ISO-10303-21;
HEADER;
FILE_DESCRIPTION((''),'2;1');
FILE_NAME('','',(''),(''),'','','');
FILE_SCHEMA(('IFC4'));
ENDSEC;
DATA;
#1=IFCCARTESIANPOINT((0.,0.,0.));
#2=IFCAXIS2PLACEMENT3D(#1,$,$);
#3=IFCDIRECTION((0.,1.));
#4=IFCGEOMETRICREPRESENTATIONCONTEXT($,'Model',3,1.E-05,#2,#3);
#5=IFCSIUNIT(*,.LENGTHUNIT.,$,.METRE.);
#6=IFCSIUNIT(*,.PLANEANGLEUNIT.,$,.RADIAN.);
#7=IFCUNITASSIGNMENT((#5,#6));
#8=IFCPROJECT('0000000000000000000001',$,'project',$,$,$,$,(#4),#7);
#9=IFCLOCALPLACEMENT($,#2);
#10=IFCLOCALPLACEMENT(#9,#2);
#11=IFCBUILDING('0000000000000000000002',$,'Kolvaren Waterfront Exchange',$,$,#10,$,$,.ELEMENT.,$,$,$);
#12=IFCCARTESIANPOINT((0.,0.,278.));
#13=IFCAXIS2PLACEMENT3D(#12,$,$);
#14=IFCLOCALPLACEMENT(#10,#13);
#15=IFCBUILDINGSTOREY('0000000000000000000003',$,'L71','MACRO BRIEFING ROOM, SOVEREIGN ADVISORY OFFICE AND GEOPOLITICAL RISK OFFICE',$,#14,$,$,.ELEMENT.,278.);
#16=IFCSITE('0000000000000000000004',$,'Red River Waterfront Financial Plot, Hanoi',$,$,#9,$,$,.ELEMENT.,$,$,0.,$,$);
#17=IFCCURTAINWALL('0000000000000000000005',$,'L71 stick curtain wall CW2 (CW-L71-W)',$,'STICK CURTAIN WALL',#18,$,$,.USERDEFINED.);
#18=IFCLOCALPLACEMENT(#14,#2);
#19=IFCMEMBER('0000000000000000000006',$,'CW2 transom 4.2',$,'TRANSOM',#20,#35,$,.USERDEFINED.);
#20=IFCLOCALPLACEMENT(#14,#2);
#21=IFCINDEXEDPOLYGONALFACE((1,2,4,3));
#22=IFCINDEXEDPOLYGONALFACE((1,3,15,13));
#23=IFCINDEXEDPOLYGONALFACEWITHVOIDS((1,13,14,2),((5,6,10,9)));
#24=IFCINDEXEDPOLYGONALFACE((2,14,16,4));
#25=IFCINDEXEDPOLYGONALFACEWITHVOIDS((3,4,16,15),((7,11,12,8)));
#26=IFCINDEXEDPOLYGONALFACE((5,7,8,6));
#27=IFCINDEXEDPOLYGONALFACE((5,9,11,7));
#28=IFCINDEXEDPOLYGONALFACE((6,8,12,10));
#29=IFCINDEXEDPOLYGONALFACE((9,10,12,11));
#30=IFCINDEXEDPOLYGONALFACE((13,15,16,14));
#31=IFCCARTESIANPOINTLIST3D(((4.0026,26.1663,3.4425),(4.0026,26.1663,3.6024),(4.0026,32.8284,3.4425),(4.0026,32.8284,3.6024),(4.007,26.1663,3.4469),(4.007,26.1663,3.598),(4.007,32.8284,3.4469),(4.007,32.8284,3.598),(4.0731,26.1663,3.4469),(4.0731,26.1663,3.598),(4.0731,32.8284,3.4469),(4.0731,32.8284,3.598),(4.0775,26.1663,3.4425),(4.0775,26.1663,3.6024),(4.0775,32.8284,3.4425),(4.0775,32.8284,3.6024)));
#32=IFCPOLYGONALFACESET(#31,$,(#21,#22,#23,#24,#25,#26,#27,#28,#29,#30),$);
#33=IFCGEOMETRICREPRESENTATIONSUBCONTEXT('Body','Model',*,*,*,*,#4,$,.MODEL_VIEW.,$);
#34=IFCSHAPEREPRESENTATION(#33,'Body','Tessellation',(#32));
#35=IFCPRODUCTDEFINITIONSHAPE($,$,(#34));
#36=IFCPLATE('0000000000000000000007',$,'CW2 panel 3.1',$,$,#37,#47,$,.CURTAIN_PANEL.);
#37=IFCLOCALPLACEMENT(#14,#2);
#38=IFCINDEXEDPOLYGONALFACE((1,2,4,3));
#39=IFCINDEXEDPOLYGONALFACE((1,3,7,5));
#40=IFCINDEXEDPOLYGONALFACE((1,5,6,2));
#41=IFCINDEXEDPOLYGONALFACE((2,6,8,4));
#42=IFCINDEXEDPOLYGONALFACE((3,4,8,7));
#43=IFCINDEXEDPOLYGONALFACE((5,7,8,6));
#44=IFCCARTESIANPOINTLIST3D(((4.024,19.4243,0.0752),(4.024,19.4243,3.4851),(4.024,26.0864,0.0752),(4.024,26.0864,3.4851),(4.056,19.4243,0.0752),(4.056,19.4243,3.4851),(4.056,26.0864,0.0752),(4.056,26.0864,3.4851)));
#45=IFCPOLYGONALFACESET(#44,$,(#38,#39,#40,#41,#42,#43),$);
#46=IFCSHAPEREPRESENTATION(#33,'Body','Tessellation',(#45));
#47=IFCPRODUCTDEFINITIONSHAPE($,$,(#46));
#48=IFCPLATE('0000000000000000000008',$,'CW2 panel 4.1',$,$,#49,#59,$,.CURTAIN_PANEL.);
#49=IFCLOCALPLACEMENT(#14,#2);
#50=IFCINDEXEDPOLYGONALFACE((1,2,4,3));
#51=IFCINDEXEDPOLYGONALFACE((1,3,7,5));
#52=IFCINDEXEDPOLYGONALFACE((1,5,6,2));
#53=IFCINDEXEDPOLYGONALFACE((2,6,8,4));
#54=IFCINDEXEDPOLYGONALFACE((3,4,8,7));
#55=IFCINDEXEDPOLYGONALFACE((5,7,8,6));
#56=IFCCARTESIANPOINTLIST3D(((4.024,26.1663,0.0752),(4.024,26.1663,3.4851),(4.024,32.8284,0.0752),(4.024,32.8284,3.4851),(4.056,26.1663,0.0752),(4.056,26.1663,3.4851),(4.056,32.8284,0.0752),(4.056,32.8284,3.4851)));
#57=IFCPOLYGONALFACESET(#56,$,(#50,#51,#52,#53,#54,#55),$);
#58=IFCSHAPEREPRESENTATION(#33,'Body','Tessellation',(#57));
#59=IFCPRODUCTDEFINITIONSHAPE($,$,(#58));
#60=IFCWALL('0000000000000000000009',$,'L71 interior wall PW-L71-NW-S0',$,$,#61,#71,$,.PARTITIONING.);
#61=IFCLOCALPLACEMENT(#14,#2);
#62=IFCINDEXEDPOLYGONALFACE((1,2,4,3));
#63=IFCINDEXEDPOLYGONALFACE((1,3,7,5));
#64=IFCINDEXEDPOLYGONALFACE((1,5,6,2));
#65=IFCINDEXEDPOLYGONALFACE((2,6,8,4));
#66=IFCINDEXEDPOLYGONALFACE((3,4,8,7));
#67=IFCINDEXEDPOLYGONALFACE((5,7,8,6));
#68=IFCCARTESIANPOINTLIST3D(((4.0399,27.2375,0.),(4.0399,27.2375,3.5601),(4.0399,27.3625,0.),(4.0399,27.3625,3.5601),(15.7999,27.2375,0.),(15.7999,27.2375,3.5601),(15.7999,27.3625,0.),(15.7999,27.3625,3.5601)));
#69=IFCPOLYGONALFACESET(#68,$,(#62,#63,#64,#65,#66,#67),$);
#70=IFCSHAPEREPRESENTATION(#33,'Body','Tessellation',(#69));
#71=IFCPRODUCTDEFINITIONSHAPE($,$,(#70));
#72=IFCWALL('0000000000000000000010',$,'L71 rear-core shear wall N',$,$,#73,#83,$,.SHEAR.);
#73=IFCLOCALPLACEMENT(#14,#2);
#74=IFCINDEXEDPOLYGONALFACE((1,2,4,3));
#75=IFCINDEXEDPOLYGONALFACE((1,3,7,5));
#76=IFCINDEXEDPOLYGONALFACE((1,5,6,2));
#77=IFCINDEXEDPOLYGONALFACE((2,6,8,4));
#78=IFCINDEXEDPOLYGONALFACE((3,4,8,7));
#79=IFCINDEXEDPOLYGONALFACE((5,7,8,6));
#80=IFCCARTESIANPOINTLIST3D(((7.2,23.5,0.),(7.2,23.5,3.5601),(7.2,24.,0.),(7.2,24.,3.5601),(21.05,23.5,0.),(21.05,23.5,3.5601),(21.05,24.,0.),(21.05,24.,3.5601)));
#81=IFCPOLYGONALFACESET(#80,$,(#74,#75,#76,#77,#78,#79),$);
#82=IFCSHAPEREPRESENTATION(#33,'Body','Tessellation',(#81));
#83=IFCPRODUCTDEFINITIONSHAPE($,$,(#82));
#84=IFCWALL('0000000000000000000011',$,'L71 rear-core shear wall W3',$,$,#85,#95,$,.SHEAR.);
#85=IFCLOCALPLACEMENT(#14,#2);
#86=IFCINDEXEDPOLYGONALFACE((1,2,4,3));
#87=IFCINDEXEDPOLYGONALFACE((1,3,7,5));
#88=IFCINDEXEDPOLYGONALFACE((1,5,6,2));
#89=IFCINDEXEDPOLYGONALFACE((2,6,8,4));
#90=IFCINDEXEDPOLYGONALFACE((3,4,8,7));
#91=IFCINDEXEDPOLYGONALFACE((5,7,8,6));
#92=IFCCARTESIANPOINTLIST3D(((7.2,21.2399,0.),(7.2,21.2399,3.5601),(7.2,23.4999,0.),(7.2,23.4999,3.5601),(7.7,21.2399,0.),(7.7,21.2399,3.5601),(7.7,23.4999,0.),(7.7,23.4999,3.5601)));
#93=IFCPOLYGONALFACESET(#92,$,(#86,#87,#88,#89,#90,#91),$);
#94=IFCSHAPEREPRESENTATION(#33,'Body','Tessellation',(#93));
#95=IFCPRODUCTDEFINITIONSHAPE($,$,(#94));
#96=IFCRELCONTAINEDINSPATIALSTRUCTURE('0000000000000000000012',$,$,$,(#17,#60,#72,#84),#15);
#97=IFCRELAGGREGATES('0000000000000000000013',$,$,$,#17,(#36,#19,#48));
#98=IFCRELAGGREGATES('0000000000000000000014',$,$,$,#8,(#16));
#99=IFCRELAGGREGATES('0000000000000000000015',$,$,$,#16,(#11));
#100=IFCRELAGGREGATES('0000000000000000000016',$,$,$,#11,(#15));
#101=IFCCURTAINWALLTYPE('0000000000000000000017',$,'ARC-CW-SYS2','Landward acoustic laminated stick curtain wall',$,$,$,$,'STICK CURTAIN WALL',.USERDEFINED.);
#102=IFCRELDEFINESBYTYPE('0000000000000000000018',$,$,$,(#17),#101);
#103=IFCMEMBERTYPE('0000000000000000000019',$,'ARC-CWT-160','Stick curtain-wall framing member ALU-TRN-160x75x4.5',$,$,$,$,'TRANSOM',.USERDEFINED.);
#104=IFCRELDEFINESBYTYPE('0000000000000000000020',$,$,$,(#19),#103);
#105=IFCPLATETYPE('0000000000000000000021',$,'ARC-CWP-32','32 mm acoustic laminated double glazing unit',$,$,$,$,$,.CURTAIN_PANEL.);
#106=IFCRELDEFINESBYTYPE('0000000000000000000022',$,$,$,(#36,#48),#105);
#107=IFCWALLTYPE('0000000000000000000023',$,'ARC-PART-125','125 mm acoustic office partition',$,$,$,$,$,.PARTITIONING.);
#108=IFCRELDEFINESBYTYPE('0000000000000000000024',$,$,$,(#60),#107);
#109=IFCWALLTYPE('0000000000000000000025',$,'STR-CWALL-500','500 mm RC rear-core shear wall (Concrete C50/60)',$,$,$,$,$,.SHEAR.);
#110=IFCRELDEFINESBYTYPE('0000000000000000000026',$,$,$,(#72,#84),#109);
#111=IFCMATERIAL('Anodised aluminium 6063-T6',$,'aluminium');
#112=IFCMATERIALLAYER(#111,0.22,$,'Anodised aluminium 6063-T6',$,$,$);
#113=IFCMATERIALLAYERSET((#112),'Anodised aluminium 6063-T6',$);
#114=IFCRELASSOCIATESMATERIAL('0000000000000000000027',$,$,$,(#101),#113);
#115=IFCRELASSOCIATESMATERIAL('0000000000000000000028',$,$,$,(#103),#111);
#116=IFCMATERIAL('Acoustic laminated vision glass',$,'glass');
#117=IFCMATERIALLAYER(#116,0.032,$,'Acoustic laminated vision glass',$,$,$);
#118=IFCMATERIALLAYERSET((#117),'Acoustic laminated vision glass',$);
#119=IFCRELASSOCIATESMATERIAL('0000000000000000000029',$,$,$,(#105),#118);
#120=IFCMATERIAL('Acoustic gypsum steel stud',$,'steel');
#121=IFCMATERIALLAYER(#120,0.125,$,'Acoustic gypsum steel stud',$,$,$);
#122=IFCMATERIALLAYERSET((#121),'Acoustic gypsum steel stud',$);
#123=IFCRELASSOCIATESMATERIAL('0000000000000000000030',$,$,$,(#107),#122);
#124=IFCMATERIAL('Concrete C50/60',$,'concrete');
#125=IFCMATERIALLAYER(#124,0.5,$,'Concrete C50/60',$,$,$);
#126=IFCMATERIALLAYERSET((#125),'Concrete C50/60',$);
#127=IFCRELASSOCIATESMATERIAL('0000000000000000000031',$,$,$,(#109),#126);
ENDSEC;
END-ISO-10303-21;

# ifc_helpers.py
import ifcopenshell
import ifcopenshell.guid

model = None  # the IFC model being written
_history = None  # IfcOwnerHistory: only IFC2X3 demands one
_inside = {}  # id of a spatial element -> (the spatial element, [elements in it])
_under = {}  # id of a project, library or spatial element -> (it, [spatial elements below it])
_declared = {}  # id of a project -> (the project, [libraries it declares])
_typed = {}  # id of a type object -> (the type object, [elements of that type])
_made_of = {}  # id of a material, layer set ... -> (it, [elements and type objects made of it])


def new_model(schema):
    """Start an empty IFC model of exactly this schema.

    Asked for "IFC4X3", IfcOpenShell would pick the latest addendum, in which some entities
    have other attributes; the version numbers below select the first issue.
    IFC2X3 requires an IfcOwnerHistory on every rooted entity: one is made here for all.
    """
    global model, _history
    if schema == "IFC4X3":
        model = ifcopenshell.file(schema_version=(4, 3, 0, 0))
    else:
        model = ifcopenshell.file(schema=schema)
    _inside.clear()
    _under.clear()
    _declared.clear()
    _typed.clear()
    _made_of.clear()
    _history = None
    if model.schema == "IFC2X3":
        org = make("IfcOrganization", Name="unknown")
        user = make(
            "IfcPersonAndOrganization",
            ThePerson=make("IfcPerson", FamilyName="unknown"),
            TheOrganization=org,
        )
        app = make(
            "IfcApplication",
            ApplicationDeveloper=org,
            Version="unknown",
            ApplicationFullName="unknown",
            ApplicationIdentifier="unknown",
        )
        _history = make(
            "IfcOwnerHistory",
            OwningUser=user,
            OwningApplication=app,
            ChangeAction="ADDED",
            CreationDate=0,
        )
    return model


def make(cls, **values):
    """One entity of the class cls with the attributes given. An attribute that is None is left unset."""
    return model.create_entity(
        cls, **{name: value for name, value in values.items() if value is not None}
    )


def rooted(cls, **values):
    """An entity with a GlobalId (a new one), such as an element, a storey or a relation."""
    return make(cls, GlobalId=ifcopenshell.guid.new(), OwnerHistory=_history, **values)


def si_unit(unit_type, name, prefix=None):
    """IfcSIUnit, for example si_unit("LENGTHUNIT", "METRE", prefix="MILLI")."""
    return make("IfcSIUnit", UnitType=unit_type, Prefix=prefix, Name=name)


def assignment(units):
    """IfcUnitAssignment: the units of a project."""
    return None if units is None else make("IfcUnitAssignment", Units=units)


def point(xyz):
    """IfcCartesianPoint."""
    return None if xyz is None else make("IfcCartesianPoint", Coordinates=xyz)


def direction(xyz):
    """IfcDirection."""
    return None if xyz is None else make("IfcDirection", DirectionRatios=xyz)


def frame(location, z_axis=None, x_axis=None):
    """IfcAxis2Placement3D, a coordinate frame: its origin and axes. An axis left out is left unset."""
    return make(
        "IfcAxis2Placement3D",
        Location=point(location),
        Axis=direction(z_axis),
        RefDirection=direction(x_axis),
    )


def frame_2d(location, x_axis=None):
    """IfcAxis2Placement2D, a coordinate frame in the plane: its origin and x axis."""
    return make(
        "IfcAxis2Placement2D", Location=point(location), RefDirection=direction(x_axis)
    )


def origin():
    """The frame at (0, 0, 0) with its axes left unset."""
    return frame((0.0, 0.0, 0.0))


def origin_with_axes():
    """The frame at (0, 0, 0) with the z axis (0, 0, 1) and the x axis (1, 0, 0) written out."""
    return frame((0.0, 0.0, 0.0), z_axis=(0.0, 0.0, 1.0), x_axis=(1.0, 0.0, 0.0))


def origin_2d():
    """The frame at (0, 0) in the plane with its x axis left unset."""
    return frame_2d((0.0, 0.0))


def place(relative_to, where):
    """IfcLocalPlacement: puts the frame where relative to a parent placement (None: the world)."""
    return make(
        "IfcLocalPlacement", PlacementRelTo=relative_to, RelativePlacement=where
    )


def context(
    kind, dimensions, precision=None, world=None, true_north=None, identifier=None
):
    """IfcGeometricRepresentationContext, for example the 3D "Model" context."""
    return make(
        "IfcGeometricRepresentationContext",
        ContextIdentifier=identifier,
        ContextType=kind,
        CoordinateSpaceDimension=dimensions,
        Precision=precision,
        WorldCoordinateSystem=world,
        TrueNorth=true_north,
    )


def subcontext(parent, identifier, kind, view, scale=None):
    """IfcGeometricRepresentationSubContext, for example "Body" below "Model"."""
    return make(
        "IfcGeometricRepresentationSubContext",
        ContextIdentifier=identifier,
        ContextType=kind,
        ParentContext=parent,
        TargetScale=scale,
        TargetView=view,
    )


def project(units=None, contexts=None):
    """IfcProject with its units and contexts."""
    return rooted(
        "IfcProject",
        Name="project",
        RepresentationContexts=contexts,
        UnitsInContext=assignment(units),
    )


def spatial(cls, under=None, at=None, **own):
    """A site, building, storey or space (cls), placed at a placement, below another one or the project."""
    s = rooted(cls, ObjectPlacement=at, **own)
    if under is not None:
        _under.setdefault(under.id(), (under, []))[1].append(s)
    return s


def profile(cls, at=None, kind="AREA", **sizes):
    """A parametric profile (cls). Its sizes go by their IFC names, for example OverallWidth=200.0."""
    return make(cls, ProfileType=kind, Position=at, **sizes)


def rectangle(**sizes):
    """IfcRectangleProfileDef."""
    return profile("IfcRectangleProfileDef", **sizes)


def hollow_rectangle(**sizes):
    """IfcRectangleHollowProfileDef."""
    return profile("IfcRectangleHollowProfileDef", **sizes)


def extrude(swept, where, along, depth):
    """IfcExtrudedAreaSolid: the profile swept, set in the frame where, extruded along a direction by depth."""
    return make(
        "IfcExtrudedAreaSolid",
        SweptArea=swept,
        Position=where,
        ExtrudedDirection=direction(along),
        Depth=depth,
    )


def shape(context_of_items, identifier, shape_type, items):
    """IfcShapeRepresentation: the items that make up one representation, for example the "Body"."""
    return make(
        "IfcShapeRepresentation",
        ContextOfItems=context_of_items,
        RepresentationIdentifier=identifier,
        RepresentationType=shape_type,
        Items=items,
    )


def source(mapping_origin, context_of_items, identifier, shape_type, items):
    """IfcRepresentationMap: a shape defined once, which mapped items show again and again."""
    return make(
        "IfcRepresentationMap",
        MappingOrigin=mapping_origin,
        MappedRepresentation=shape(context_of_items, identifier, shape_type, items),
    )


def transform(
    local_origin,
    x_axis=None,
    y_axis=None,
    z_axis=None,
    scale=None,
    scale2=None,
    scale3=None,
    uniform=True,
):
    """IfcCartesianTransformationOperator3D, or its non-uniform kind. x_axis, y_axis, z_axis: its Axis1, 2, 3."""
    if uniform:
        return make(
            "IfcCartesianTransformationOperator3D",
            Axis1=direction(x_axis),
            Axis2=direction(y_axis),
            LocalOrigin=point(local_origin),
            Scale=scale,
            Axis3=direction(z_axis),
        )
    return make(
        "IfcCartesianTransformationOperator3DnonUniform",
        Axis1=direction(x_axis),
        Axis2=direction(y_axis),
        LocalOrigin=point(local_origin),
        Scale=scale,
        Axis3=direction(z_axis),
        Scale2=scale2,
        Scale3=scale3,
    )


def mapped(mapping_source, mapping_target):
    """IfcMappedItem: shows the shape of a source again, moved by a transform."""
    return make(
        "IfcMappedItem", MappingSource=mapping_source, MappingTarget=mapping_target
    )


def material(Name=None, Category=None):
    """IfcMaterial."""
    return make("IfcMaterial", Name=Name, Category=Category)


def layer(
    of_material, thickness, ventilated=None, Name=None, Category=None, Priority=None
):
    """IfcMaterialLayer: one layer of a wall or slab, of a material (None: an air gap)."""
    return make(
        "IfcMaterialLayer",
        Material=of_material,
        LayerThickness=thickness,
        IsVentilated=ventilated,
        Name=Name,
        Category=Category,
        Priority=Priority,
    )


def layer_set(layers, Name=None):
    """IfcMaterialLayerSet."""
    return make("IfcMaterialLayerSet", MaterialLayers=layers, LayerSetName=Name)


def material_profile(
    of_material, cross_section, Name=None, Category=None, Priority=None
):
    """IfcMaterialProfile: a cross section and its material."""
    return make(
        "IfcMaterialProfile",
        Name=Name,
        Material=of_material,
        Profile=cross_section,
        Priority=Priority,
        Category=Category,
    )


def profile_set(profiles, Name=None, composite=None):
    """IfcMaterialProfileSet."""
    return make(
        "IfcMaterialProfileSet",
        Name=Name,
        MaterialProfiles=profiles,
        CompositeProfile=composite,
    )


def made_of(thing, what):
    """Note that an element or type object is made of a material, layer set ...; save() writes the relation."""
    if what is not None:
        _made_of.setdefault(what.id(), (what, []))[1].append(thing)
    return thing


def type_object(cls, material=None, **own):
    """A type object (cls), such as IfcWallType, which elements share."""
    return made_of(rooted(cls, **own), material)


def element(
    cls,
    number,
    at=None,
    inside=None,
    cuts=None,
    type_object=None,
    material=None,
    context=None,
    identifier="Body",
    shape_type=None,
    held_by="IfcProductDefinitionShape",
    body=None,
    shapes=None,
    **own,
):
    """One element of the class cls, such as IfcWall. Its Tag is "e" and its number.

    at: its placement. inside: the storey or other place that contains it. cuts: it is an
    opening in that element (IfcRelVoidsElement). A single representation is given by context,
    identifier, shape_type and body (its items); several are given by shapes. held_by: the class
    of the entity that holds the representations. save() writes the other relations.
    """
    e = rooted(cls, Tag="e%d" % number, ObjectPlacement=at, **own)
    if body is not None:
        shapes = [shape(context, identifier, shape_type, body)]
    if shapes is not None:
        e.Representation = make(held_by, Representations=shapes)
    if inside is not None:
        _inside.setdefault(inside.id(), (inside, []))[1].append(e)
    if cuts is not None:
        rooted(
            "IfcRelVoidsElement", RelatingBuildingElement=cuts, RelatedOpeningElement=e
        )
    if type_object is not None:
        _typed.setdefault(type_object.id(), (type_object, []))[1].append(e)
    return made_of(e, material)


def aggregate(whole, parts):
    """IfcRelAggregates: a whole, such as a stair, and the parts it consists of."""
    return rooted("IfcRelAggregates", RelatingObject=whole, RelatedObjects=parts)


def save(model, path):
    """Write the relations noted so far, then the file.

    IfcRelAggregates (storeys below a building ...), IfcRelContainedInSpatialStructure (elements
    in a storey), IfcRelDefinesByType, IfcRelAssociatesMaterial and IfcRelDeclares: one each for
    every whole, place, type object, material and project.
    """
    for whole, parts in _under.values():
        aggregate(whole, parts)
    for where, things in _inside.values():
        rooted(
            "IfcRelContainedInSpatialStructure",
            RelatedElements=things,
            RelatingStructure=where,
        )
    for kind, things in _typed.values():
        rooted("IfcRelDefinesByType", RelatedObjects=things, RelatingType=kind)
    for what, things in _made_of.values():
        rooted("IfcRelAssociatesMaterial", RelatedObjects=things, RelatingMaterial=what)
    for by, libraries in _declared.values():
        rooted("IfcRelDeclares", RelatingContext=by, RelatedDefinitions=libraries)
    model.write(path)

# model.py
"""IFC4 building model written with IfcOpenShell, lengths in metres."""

from ifc_helpers import new_model, si_unit, direction, frame, frame_2d, origin, origin_with_axes, origin_2d, place, context, subcontext, project, spatial, rectangle, hollow_rectangle, extrude, source, transform, mapped, material, layer, layer_set, material_profile, profile_set, type_object, element, aggregate, save


model = new_model("IFC4")

# Units and contexts
model_context = context("Model", 3, precision=1e-05, world=origin(), true_north=direction((0.0, 1.0)))
body_context = subcontext(model_context, "Body", "Model", "MODEL_VIEW")
ifc_project = project(units=[si_unit("LENGTHUNIT", "METRE"), si_unit("PLANEANGLEUNIT", "RADIAN")], contexts=[model_context])

# Site, building, storey
site_placement = place(None, origin())
site = spatial("IfcSite", under=ifc_project, at=site_placement, Name="Red River Waterfront Financial Plot, Hanoi", CompositionType="ELEMENT", RefElevation=0.0)
building_placement = place(site_placement, origin())
building = spatial("IfcBuilding", under=site, at=building_placement, Name="Kolvaren Waterfront Exchange", CompositionType="ELEMENT")
storey_placement = place(building_placement, frame((0.0, 0.0, 278.0)))
storey = spatial("IfcBuildingStorey", under=building, at=storey_placement, Name="L71", Description="MACRO BRIEFING ROOM, SOVEREIGN ADVISORY OFFICE AND GEOPOLITICAL RISK OFFICE", CompositionType="ELEMENT", Elevation=278.0)

# Shared definitions
ifc_material_1 = material(Name="Concrete C50/60", Category="concrete")

# Curtain wall, member, plates
ifc_material_2 = material(Name="Anodised aluminium 6063-T6", Category="aluminium")
ifc_layer_1 = layer(ifc_material_2, 0.22, Name="Anodised aluminium 6063-T6")
ifc_layer_set_1 = layer_set([ifc_layer_1], Name="Anodised aluminium 6063-T6")
curtain_wall_type = type_object("IfcCurtainWallType", Name="ARC-CW-SYS2", Description="Landward acoustic laminated stick curtain wall", ElementType="STICK CURTAIN WALL", PredefinedType="USERDEFINED", material=ifc_layer_set_1)
curtain_wall_placement = place(storey_placement, origin())
curtain_wall = element("IfcCurtainWall", 1, at=curtain_wall_placement, inside=storey, type_object=curtain_wall_type, Name="L71 stick curtain wall CW2 (CW-L71-W)", ObjectType="STICK CURTAIN WALL", PredefinedType="USERDEFINED")
ifc_material_profile_1 = material_profile(ifc_material_2, hollow_rectangle(XDim=0.075, YDim=0.1599, WallThickness=0.0044, at=origin_2d()), Name="ALU-TRN-160x75x4.5")
ifc_profile_set_1 = profile_set([ifc_material_profile_1], Name="Anodised aluminium 6063-T6")
member_type_1 = type_object("IfcMemberType", Name="ARC-CWT-160", Description="Stick curtain-wall framing member ALU-TRN-160x75x4.5", ElementType="TRANSOM", PredefinedType="USERDEFINED", material=ifc_profile_set_1)
shared_shape_1 = source(origin_with_axes(), body_context, "Body", "SweptSolid", [
    extrude(hollow_rectangle(XDim=0.075, YDim=0.1599, WallThickness=0.0044, at=origin_2d()), origin(), (0.0, 0.0, 1.0), 6.6621),
])
member_1_placement = place(storey_placement, frame((4.04, 26.1663, 3.5225), z_axis=(0.0, 1.0, 0.0), x_axis=(-1.0, 0.0, 0.0)))
member_1 = element("IfcMember", 2, at=member_1_placement, type_object=member_type_1, Name="CW2 transom 4.2", ObjectType="TRANSOM", PredefinedType="USERDEFINED", context=body_context, shape_type="MappedRepresentation", body=[
    mapped(shared_shape_1, transform((0.0, 0.0, 0.0), x_axis=(1.0, 0.0, 0.0), y_axis=(0.0, 1.0, 0.0), z_axis=(0.0, 0.0, 1.0), scale=1.0)),
])
ifc_material_3 = material(Name="Acoustic laminated vision glass", Category="glass")
ifc_layer_2 = layer(ifc_material_3, 0.032, Name="Acoustic laminated vision glass")
ifc_layer_set_2 = layer_set([ifc_layer_2], Name="Acoustic laminated vision glass")
plate_type = type_object("IfcPlateType", Name="ARC-CWP-32", Description="32 mm acoustic laminated double glazing unit", PredefinedType="CURTAIN_PANEL", material=ifc_layer_set_2)
shared_shape_2 = source(origin_with_axes(), body_context, "Body", "SweptSolid", [
    extrude(rectangle(XDim=6.6621, YDim=0.032, at=origin_2d()), origin(), (0.0, 0.0, 1.0), 3.4099),
])
plate_1_placement = place(storey_placement, frame((4.04, 22.7554, 0.0752), z_axis=(0.0, 0.0, 1.0), x_axis=(0.0, 1.0, 0.0)))
plate_1 = element("IfcPlate", 3, at=plate_1_placement, type_object=plate_type, Name="CW2 panel 3.1", PredefinedType="CURTAIN_PANEL", context=body_context, shape_type="MappedRepresentation", body=[
    mapped(shared_shape_2, transform((0.0, 0.0, 0.0), x_axis=(1.0, 0.0, 0.0), y_axis=(0.0, 1.0, 0.0), z_axis=(0.0, 0.0, 1.0), scale=1.0)),
])
plate_2_placement = place(storey_placement, frame((4.04, 29.4973, 0.0752), z_axis=(0.0, 0.0, 1.0), x_axis=(0.0, 1.0, 0.0)))
plate_2 = element("IfcPlate", 4, at=plate_2_placement, type_object=plate_type, Name="CW2 panel 4.1", PredefinedType="CURTAIN_PANEL", context=body_context, shape_type="MappedRepresentation", body=[
    mapped(shared_shape_2, transform((0.0, 0.0, 0.0), x_axis=(1.0, 0.0, 0.0), y_axis=(0.0, 1.0, 0.0), z_axis=(0.0, 0.0, 1.0), scale=1.0)),
])
aggregate(curtain_wall, [plate_1, member_1, plate_2])

# Wall
ifc_material_4 = material(Name="Acoustic gypsum steel stud", Category="steel")
ifc_layer_3 = layer(ifc_material_4, 0.125, Name="Acoustic gypsum steel stud")
ifc_layer_set_3 = layer_set([ifc_layer_3], Name="Acoustic gypsum steel stud")
wall_type_1 = type_object("IfcWallType", Name="ARC-PART-125", Description="125 mm acoustic office partition", PredefinedType="PARTITIONING", material=ifc_layer_set_3)
wall_1_placement = place(storey_placement, frame((4.04, 27.3, 0.0), z_axis=(0.0, 0.0, 1.0), x_axis=(1.0, 0.0, 0.0)))
element("IfcWall", 5, at=wall_1_placement, inside=storey, type_object=wall_type_1, Name="L71 interior wall PW-L71-NW-S0", PredefinedType="PARTITIONING", context=body_context, shape_type="SweptSolid", body=[
    extrude(rectangle(XDim=11.76, YDim=0.125, at=frame_2d((5.8799, 0.0))), origin(), (0.0, 0.0, 1.0), 3.5601),
])

# Walls
ifc_layer_4 = layer(ifc_material_1, 0.5, Name="Concrete C50/60")
ifc_layer_set_4 = layer_set([ifc_layer_4], Name="Concrete C50/60")
wall_type_2 = type_object("IfcWallType", Name="STR-CWALL-500", Description="500 mm RC rear-core shear wall (Concrete C50/60)", PredefinedType="SHEAR", material=ifc_layer_set_4)
wall_2_placement = place(storey_placement, frame((7.2, 23.75, 0.0), z_axis=(0.0, 0.0, 1.0), x_axis=(1.0, 0.0, 0.0)))
element("IfcWall", 6, at=wall_2_placement, inside=storey, type_object=wall_type_2, Name="L71 rear-core shear wall N", PredefinedType="SHEAR", context=body_context, shape_type="SweptSolid", body=[
    extrude(rectangle(XDim=13.8501, YDim=0.5, at=frame_2d((6.925, 0.0))), origin(), (0.0, 0.0, 1.0), 3.5601),
])
wall_3_placement = place(storey_placement, frame((7.45, 21.24, 0.0), z_axis=(0.0, 0.0, 1.0), x_axis=(0.0, 1.0, 0.0)))
element("IfcWall", 7, at=wall_3_placement, inside=storey, type_object=wall_type_2, Name="L71 rear-core shear wall W3", PredefinedType="SHEAR", context=body_context, shape_type="SweptSolid", body=[
    extrude(rectangle(XDim=2.26, YDim=0.5, at=frame_2d((1.1299, 0.0))), origin(), (0.0, 0.0, 1.0), 3.5601),
])

save(model, "model.ifc")
